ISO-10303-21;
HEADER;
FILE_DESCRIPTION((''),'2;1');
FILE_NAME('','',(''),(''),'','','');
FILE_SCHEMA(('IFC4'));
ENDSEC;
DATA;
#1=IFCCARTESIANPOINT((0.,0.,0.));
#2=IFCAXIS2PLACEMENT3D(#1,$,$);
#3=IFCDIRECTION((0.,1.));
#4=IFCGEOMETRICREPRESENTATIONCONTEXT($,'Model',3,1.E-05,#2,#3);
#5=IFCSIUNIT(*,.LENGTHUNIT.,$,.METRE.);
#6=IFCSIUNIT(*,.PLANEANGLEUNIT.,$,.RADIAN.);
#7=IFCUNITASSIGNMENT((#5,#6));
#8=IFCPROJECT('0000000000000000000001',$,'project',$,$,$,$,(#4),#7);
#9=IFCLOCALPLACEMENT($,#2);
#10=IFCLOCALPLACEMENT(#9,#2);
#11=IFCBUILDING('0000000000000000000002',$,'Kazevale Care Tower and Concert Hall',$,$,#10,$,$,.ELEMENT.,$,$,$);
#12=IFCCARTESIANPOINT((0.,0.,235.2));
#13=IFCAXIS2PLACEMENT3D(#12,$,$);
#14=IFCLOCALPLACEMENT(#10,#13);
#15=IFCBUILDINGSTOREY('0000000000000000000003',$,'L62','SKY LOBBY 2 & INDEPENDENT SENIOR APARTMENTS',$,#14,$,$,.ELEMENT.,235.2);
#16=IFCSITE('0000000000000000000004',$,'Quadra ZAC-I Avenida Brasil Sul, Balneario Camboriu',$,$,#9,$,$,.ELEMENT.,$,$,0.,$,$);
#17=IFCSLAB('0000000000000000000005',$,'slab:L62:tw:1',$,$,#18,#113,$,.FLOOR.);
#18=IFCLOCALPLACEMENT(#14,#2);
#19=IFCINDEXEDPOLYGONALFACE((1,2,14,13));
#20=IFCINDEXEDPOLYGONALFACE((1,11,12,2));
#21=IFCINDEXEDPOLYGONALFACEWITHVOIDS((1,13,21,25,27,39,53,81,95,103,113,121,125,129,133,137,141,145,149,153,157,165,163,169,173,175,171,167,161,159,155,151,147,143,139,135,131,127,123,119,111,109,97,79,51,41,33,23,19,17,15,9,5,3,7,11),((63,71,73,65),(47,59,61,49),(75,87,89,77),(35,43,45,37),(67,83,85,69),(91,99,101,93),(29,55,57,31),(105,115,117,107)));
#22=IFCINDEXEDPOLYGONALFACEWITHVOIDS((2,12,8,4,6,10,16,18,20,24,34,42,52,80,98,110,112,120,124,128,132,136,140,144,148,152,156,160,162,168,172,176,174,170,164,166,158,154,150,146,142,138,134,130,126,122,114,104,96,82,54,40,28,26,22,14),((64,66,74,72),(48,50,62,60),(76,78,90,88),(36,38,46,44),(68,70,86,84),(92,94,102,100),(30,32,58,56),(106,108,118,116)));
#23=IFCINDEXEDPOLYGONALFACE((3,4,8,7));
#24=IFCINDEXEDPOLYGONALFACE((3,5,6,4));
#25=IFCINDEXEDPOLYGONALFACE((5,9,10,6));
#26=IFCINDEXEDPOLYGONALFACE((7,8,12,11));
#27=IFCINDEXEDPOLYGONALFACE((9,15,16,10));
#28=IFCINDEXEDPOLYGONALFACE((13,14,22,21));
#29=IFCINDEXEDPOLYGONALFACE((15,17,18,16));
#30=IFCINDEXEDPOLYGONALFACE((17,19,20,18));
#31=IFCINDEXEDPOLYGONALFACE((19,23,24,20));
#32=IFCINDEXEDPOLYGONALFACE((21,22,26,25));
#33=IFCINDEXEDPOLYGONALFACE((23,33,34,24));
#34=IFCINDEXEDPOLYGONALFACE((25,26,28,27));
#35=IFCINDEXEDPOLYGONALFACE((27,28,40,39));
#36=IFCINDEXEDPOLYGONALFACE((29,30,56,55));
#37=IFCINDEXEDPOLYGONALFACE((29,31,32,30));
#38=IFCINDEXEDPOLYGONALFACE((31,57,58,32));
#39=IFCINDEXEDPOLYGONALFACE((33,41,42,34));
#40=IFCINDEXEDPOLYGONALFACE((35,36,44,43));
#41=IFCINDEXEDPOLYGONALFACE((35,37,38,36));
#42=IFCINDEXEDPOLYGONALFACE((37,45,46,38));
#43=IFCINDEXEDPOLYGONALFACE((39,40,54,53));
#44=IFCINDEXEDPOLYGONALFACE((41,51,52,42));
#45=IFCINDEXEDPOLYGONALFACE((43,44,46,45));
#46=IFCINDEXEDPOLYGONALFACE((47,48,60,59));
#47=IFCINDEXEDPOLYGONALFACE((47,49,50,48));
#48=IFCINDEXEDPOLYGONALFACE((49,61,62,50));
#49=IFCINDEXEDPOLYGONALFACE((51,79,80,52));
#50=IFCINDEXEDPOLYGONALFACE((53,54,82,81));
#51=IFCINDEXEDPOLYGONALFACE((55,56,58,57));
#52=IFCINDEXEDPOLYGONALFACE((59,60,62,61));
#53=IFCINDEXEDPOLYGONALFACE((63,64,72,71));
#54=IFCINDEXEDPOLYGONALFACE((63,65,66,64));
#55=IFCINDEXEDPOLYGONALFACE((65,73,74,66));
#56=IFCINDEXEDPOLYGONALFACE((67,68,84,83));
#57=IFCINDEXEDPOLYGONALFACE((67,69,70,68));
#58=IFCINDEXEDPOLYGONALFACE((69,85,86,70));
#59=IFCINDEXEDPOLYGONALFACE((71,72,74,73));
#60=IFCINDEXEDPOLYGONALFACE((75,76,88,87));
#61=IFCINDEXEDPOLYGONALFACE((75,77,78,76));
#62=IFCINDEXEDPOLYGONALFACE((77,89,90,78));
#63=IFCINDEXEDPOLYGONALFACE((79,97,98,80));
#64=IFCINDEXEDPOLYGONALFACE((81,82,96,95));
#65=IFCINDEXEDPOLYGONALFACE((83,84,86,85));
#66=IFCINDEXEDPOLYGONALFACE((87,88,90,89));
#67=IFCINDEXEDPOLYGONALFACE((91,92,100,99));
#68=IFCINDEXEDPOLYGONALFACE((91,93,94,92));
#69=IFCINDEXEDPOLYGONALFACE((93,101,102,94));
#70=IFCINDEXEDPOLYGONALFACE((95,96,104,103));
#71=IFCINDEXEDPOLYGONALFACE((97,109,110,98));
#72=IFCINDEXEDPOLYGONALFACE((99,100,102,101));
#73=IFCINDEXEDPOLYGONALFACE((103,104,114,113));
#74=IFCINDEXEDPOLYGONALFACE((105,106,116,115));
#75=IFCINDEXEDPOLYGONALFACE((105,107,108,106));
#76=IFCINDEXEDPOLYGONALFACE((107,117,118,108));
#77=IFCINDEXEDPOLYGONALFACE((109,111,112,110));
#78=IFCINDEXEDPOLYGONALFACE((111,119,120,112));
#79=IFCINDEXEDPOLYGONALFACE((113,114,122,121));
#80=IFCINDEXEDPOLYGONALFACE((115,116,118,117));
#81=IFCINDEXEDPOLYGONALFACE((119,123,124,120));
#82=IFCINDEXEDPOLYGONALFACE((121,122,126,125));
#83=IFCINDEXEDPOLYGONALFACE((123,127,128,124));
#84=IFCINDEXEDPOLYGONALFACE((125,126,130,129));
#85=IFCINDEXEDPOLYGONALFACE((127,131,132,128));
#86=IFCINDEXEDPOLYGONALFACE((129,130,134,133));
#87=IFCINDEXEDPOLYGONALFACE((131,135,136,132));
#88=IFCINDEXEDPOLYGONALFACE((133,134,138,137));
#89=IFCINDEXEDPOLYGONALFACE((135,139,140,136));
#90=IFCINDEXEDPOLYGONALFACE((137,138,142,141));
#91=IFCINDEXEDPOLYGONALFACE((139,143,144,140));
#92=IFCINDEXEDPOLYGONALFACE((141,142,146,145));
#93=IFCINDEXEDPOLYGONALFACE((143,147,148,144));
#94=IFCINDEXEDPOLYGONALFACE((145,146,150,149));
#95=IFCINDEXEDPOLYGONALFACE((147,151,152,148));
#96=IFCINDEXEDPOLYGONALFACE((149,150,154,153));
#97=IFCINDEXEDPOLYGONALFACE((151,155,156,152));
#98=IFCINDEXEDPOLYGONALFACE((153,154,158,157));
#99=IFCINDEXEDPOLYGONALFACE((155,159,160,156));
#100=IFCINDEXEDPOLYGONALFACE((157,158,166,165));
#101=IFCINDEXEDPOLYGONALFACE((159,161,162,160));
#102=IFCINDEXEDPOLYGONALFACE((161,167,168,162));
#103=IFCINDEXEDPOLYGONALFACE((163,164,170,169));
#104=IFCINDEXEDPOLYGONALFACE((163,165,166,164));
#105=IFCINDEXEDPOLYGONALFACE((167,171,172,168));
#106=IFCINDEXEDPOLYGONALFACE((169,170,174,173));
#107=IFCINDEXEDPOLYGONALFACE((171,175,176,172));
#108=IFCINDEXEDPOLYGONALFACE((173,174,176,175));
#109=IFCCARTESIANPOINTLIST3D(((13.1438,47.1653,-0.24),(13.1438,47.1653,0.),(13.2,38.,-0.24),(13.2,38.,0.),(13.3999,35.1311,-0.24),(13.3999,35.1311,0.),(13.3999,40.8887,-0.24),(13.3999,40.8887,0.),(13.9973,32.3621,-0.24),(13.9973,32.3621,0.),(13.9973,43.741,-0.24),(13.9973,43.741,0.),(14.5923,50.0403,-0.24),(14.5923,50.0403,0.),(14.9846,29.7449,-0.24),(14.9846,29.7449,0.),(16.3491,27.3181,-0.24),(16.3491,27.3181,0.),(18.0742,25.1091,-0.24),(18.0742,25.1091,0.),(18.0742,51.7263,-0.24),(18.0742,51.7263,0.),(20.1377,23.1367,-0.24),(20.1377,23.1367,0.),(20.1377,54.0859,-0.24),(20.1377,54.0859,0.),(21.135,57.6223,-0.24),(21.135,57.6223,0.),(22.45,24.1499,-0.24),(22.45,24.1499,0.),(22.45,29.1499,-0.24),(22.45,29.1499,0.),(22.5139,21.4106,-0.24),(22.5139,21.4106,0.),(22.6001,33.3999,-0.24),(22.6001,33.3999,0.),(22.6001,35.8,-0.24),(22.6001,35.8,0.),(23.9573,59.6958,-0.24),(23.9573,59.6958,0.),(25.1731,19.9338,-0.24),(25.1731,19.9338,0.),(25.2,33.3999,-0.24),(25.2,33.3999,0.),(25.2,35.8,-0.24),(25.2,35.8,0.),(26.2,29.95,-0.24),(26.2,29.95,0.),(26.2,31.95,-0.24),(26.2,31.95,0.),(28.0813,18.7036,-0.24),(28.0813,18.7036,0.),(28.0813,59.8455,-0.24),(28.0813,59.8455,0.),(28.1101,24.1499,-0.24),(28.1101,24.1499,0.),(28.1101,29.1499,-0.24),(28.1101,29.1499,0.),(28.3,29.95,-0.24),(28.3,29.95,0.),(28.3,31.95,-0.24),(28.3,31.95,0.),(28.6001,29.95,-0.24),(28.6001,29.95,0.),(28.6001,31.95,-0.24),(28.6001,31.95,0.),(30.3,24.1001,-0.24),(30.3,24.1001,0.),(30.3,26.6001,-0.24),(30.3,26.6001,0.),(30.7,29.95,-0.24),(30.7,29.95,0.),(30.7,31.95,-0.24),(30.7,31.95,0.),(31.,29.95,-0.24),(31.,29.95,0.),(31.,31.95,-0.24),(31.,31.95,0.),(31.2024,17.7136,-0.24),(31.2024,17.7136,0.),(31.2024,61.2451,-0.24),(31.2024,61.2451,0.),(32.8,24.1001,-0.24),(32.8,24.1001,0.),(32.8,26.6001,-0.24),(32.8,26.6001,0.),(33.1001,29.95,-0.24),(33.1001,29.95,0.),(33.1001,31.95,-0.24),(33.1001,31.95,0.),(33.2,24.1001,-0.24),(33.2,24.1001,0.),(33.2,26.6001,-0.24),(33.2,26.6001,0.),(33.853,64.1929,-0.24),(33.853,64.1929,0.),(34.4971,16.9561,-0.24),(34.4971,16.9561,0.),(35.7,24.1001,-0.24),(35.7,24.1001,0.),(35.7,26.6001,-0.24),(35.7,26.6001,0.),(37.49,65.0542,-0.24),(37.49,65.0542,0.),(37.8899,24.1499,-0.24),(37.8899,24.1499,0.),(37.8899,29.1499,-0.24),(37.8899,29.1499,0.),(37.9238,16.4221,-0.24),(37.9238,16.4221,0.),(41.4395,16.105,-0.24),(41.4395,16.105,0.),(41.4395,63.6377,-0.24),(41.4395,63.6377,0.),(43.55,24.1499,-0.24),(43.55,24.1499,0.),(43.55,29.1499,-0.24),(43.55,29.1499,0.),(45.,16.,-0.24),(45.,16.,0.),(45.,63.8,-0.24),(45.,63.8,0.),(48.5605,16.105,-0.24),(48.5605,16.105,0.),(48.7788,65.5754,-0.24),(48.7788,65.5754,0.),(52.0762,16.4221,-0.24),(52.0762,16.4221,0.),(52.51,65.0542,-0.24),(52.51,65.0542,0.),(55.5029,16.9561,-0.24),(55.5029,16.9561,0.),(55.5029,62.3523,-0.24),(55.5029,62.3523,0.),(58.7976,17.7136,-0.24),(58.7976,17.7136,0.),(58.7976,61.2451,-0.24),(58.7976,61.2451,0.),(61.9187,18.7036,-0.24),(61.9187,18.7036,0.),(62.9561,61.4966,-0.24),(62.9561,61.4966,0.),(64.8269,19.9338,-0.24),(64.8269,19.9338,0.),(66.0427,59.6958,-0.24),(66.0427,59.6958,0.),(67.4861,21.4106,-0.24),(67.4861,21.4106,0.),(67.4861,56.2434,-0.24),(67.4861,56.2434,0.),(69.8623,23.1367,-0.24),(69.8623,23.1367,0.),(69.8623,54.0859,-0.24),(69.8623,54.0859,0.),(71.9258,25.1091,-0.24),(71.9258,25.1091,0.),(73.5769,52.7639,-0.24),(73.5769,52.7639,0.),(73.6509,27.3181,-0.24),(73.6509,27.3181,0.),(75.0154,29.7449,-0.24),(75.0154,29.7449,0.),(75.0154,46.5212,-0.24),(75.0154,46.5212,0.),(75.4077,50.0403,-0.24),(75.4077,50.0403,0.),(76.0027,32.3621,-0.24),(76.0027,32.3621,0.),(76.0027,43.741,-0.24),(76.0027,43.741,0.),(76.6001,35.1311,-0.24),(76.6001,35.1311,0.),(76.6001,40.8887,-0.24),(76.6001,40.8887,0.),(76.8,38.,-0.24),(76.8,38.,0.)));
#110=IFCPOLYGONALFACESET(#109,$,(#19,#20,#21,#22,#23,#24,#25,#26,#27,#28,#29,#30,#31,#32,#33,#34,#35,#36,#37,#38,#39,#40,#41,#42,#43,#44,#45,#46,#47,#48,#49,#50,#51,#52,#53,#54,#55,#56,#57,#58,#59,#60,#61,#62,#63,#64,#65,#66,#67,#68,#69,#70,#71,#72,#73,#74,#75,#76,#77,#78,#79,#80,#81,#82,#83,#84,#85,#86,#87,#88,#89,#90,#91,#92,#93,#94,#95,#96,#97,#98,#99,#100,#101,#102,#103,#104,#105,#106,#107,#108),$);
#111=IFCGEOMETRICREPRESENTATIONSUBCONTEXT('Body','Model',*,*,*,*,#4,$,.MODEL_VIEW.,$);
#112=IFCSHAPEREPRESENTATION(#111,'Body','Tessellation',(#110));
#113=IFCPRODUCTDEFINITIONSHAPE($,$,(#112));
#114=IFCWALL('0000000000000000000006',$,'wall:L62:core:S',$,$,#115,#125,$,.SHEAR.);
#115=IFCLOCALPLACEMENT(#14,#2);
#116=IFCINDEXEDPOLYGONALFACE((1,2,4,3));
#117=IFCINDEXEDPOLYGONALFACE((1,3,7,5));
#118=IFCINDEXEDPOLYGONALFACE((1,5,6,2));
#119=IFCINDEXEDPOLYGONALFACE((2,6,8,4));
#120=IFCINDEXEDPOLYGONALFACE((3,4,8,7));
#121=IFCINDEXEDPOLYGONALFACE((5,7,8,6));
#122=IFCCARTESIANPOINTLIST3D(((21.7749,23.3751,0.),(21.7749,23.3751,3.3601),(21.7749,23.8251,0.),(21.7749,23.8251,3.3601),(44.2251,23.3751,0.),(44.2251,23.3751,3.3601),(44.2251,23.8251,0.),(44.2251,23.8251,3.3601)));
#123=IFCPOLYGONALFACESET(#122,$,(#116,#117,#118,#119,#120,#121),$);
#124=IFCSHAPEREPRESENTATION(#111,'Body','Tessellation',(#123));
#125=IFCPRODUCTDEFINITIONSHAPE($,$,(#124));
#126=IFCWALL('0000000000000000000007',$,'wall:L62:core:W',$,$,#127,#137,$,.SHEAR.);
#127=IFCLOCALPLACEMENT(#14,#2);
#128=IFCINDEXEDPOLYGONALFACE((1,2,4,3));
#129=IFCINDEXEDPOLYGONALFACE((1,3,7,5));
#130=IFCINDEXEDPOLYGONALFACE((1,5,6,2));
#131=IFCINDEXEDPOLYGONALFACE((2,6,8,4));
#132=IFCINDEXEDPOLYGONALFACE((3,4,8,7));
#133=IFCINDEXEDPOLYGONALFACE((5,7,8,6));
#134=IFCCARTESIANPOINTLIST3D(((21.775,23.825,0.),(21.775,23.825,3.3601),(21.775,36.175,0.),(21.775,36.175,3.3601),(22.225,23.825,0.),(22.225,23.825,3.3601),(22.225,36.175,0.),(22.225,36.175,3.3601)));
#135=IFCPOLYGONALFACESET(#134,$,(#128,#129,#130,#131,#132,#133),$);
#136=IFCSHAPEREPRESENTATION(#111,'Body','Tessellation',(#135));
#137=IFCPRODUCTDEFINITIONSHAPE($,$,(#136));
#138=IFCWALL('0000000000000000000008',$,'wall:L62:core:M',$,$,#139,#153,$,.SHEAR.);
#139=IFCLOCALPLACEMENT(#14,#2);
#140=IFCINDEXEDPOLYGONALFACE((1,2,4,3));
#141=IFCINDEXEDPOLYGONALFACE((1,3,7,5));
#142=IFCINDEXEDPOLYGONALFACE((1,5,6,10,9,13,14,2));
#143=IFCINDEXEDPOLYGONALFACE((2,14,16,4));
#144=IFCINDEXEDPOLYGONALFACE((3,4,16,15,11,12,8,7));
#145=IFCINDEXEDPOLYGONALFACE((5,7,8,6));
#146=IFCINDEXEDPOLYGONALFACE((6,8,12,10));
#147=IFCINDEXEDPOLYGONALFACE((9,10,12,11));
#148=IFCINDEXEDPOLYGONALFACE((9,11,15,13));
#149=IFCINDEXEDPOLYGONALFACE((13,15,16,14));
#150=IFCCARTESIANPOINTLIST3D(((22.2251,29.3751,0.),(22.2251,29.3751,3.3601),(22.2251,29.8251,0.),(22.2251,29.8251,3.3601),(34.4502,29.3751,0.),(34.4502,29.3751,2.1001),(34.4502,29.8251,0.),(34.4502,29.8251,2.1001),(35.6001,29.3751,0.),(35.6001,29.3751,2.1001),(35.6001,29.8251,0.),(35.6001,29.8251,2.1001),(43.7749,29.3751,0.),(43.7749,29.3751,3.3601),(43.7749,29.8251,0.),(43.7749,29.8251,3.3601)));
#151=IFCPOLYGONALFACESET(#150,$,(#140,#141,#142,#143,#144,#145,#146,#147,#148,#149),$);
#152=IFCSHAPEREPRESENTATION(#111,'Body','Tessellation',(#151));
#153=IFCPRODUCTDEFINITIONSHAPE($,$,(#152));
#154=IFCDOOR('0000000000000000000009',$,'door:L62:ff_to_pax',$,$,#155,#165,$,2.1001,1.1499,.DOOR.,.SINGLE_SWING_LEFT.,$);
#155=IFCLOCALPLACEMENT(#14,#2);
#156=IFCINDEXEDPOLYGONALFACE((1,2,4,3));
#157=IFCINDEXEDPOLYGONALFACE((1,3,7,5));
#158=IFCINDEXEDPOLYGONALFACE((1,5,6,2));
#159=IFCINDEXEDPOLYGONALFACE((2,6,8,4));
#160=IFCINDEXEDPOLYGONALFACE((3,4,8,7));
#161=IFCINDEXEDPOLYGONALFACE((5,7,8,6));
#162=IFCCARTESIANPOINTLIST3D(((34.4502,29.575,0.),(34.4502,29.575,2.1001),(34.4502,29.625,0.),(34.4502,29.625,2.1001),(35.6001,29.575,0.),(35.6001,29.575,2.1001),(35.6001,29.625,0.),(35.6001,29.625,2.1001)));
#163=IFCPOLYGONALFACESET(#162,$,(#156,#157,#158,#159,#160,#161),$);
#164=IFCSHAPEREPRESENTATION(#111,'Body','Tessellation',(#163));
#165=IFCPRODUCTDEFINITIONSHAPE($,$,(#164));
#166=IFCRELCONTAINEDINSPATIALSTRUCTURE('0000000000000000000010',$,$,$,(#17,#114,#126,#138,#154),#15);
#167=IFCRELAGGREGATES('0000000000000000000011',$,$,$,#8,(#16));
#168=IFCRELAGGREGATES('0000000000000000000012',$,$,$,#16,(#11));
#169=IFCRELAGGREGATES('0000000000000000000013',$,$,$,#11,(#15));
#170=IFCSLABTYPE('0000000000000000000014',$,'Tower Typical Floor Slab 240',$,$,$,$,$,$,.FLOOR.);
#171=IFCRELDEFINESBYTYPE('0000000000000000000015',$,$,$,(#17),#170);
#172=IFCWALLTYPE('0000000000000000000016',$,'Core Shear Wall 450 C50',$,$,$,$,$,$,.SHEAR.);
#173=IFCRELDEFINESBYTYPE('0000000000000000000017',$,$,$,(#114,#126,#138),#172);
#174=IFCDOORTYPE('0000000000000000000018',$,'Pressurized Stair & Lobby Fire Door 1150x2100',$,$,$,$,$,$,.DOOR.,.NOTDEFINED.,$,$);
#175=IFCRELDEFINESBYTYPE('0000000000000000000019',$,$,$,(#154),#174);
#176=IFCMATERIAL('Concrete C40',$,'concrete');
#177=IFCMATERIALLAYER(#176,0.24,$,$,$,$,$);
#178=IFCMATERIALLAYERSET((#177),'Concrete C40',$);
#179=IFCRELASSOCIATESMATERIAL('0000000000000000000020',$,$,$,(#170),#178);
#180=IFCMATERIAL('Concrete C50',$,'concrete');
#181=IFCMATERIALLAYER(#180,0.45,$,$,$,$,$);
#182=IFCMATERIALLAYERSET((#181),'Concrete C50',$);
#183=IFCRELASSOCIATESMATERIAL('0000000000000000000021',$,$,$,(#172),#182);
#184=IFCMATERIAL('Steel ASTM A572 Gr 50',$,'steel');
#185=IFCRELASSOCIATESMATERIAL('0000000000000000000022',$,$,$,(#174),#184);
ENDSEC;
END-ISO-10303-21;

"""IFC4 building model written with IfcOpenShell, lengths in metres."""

from ifc_helpers import new_model, si_unit, direction, frame, frame_2d, origin, place, context, subcontext, project, spatial, polyline, rectangle, outline, extrude, material, layer, layer_set, type_object, element, fill, save


model = new_model("IFC4")

# Units and contexts
model_context = context("Model", 3, precision=1e-05, world=origin(), true_north=direction((0.0, 1.0)))
body_context = subcontext(model_context, "Body", "Model", "MODEL_VIEW")
ifc_project = project(units=[si_unit("LENGTHUNIT", "METRE"), si_unit("PLANEANGLEUNIT", "RADIAN")], contexts=[model_context])

# Site, building, storey
site_placement = place(None, origin())
site = spatial("IfcSite", under=ifc_project, at=site_placement, Name="Quadra ZAC-I Avenida Brasil Sul, Balneario Camboriu", CompositionType="ELEMENT", RefElevation=0.0)
building_placement = place(site_placement, origin())
building = spatial("IfcBuilding", under=site, at=building_placement, Name="Kazevale Care Tower and Concert Hall", CompositionType="ELEMENT")
storey_placement = place(building_placement, frame((0.0, 0.0, 235.2)))
storey = spatial("IfcBuildingStorey", under=building, at=storey_placement, Name="L62", Description="SKY LOBBY 2 & INDEPENDENT SENIOR APARTMENTS", CompositionType="ELEMENT", Elevation=235.2)

# Shared definitions
ifc_material_1 = material(Name="Concrete C50", Category="concrete")

# Shared definitions
ifc_material_2 = material(Name="Steel ASTM A572 Gr 50", Category="steel")

# Shared definitions
ifc_material_3 = material(Name="Concrete C40", Category="concrete")

# Slab
ifc_layer_1 = layer(ifc_material_3, 0.24)
ifc_layer_set_1 = layer_set([ifc_layer_1], Name="Concrete C40")
slab_type_1 = type_object("IfcSlabType", Name="Tower Typical Floor Slab 240", PredefinedType="FLOOR", material=ifc_layer_set_1)
slab_1_placement = place(storey_placement, frame((0.0, 0.0, -0.24)))
element("IfcSlab", 1, at=slab_1_placement, inside=storey, type_object=slab_type_1, Name="slab:L62:tw:1", PredefinedType="FLOOR", context=body_context, shape_type="SweptSolid", body=[
    extrude(outline(polyline([(76.8, 38.0), (76.6001, 40.8887), (76.0027, 43.741), (75.0154, 46.5212), (75.4077, 50.0403), (73.5769, 52.7639), (69.8623, 54.0859), (67.4861, 56.2434), (66.0427, 59.6958), (62.9561, 61.4966), (58.7976, 61.2451), (55.5029, 62.3523), (52.51, 65.0542), (48.7788, 65.5754), (45.0, 63.8), (41.4395, 63.6377), (37.49, 65.0542), (33.853, 64.1929), (31.2024, 61.2451), (28.0813, 59.8455), (23.9573, 59.6958), (21.135, 57.6223), (20.1377, 54.0859), (18.0742, 51.7263), (14.5923, 50.0403), (13.1438, 47.1653), (13.9973, 43.741), (13.3999, 40.8887), (13.2, 38.0), (13.3999, 35.1311), (13.9973, 32.3621), (14.9846, 29.7449), (16.3491, 27.3181), (18.0742, 25.1091), (20.1377, 23.1367), (22.5139, 21.4106), (25.1731, 19.9338), (28.0813, 18.7036), (31.2024, 17.7136), (34.4971, 16.9561), (37.9238, 16.4221), (41.4395, 16.105), (45.0, 16.0), (48.5605, 16.105), (52.0762, 16.4221), (55.5029, 16.9561), (58.7976, 17.7136), (61.9187, 18.7036), (64.8269, 19.9338), (67.4861, 21.4106), (69.8623, 23.1367), (71.9258, 25.1091), (73.6509, 27.3181), (75.0154, 29.7449), (76.0027, 32.3621), (76.6001, 35.1311), (76.8, 38.0)]), holes=[polyline([(22.45, 24.1499), (28.1101, 24.1499), (28.1101, 29.1499), (22.45, 29.1499), (22.45, 24.1499)]), polyline([(37.8899, 24.1499), (43.55, 24.1499), (43.55, 29.1499), (37.8899, 29.1499), (37.8899, 24.1499)]), polyline([(30.3, 24.1001), (32.8, 24.1001), (32.8, 26.6001), (30.3, 26.6001), (30.3, 24.1001)]), polyline([(33.2, 24.1001), (35.7, 24.1001), (35.7, 26.6001), (33.2, 26.6001), (33.2, 24.1001)]), polyline([(22.6001, 33.3999), (25.2, 33.3999), (25.2, 35.8), (22.6001, 35.8), (22.6001, 33.3999)]), polyline([(26.2, 29.95), (28.3, 29.95), (28.3, 31.95), (26.2, 31.95), (26.2, 29.95)]), polyline([(28.6001, 29.95), (30.7, 29.95), (30.7, 31.95), (28.6001, 31.95), (28.6001, 29.95)]), polyline([(31.0, 29.95), (33.1001, 29.95), (33.1001, 31.95), (31.0, 31.95), (31.0, 29.95)])]), origin(), (0.0, 0.0, 1.0), 0.24),
])

# Walls
ifc_layer_2 = layer(ifc_material_1, 0.45)
ifc_layer_set_2 = layer_set([ifc_layer_2], Name="Concrete C50")
wall_type_1 = type_object("IfcWallType", Name="Core Shear Wall 450 C50", PredefinedType="SHEAR", material=ifc_layer_set_2)
wall_1_placement = place(storey_placement, frame((21.7749, 23.6001, 0.0), z_axis=(0.0, 0.0, 1.0), x_axis=(1.0, 0.0, 0.0)))
element("IfcWall", 2, at=wall_1_placement, inside=storey, type_object=wall_type_1, Name="wall:L62:core:S", PredefinedType="SHEAR", context=body_context, shape_type="SweptSolid", body=[
    extrude(rectangle(XDim=22.4502, YDim=0.45, at=frame_2d((11.2251, 0.0))), origin(), (0.0, 0.0, 1.0), 3.3601),
])
wall_2_placement = place(storey_placement, frame((22.0, 23.825, 0.0), z_axis=(0.0, 0.0, 1.0), x_axis=(0.0, 1.0, 0.0)))
element("IfcWall", 3, at=wall_2_placement, inside=storey, type_object=wall_type_1, Name="wall:L62:core:W", PredefinedType="SHEAR", context=body_context, shape_type="SweptSolid", body=[
    extrude(rectangle(XDim=12.3501, YDim=0.45, at=frame_2d((6.175, 0.0))), origin(), (0.0, 0.0, 1.0), 3.3601),
])

# Wall, opening, door
wall_3_placement = place(storey_placement, frame((22.2251, 29.6001, 0.0), z_axis=(0.0, 0.0, 1.0), x_axis=(1.0, 0.0, 0.0)))
wall_3 = element("IfcWall", 4, at=wall_3_placement, inside=storey, type_object=wall_type_1, Name="wall:L62:core:M", PredefinedType="SHEAR", context=body_context, shape_type="SweptSolid", body=[
    extrude(rectangle(XDim=21.5498, YDim=0.45, at=frame_2d((10.7749, 0.0))), origin(), (0.0, 0.0, 1.0), 3.3601),
])
opening_1_placement = place(wall_3_placement, frame((12.2251, 0.0, 0.0)))
opening_1 = element("IfcOpeningElement", 5, at=opening_1_placement, cuts=wall_3, PredefinedType="OPENING", context=body_context, shape_type="SweptSolid", body=[
    extrude(rectangle(XDim=1.1499, YDim=2.1001, at=frame_2d((0.575, 1.05))), frame((0.0, 0.2349, 0.0), z_axis=(0.0, -1.0, 0.0), x_axis=(1.0, 0.0, 0.0)), (0.0, 0.0, 1.0), 0.47),
])
door_type_1 = type_object("IfcDoorType", Name="Pressurized Stair & Lobby Fire Door 1150x2100", OperationType="NOTDEFINED", PredefinedType="DOOR", material=ifc_material_2)
door_1_placement = place(opening_1_placement, origin())
door_1 = element("IfcDoor", 6, at=door_1_placement, inside=storey, type_object=door_type_1, Name="door:L62:ff_to_pax", OperationType="SINGLE_SWING_LEFT", OverallHeight=2.1001, OverallWidth=1.1499, PredefinedType="DOOR", context=body_context, shape_type="SweptSolid", body=[
    extrude(rectangle(XDim=1.1499, YDim=2.1001, at=frame_2d((0.575, 1.05))), frame((0.0, 0.0249, 0.0), z_axis=(0.0, -1.0, 0.0), x_axis=(1.0, 0.0, 0.0)), (0.0, 0.0, 1.0), 0.05),
])
fill(opening_1, door_1)

save(model, "model.ifc")
